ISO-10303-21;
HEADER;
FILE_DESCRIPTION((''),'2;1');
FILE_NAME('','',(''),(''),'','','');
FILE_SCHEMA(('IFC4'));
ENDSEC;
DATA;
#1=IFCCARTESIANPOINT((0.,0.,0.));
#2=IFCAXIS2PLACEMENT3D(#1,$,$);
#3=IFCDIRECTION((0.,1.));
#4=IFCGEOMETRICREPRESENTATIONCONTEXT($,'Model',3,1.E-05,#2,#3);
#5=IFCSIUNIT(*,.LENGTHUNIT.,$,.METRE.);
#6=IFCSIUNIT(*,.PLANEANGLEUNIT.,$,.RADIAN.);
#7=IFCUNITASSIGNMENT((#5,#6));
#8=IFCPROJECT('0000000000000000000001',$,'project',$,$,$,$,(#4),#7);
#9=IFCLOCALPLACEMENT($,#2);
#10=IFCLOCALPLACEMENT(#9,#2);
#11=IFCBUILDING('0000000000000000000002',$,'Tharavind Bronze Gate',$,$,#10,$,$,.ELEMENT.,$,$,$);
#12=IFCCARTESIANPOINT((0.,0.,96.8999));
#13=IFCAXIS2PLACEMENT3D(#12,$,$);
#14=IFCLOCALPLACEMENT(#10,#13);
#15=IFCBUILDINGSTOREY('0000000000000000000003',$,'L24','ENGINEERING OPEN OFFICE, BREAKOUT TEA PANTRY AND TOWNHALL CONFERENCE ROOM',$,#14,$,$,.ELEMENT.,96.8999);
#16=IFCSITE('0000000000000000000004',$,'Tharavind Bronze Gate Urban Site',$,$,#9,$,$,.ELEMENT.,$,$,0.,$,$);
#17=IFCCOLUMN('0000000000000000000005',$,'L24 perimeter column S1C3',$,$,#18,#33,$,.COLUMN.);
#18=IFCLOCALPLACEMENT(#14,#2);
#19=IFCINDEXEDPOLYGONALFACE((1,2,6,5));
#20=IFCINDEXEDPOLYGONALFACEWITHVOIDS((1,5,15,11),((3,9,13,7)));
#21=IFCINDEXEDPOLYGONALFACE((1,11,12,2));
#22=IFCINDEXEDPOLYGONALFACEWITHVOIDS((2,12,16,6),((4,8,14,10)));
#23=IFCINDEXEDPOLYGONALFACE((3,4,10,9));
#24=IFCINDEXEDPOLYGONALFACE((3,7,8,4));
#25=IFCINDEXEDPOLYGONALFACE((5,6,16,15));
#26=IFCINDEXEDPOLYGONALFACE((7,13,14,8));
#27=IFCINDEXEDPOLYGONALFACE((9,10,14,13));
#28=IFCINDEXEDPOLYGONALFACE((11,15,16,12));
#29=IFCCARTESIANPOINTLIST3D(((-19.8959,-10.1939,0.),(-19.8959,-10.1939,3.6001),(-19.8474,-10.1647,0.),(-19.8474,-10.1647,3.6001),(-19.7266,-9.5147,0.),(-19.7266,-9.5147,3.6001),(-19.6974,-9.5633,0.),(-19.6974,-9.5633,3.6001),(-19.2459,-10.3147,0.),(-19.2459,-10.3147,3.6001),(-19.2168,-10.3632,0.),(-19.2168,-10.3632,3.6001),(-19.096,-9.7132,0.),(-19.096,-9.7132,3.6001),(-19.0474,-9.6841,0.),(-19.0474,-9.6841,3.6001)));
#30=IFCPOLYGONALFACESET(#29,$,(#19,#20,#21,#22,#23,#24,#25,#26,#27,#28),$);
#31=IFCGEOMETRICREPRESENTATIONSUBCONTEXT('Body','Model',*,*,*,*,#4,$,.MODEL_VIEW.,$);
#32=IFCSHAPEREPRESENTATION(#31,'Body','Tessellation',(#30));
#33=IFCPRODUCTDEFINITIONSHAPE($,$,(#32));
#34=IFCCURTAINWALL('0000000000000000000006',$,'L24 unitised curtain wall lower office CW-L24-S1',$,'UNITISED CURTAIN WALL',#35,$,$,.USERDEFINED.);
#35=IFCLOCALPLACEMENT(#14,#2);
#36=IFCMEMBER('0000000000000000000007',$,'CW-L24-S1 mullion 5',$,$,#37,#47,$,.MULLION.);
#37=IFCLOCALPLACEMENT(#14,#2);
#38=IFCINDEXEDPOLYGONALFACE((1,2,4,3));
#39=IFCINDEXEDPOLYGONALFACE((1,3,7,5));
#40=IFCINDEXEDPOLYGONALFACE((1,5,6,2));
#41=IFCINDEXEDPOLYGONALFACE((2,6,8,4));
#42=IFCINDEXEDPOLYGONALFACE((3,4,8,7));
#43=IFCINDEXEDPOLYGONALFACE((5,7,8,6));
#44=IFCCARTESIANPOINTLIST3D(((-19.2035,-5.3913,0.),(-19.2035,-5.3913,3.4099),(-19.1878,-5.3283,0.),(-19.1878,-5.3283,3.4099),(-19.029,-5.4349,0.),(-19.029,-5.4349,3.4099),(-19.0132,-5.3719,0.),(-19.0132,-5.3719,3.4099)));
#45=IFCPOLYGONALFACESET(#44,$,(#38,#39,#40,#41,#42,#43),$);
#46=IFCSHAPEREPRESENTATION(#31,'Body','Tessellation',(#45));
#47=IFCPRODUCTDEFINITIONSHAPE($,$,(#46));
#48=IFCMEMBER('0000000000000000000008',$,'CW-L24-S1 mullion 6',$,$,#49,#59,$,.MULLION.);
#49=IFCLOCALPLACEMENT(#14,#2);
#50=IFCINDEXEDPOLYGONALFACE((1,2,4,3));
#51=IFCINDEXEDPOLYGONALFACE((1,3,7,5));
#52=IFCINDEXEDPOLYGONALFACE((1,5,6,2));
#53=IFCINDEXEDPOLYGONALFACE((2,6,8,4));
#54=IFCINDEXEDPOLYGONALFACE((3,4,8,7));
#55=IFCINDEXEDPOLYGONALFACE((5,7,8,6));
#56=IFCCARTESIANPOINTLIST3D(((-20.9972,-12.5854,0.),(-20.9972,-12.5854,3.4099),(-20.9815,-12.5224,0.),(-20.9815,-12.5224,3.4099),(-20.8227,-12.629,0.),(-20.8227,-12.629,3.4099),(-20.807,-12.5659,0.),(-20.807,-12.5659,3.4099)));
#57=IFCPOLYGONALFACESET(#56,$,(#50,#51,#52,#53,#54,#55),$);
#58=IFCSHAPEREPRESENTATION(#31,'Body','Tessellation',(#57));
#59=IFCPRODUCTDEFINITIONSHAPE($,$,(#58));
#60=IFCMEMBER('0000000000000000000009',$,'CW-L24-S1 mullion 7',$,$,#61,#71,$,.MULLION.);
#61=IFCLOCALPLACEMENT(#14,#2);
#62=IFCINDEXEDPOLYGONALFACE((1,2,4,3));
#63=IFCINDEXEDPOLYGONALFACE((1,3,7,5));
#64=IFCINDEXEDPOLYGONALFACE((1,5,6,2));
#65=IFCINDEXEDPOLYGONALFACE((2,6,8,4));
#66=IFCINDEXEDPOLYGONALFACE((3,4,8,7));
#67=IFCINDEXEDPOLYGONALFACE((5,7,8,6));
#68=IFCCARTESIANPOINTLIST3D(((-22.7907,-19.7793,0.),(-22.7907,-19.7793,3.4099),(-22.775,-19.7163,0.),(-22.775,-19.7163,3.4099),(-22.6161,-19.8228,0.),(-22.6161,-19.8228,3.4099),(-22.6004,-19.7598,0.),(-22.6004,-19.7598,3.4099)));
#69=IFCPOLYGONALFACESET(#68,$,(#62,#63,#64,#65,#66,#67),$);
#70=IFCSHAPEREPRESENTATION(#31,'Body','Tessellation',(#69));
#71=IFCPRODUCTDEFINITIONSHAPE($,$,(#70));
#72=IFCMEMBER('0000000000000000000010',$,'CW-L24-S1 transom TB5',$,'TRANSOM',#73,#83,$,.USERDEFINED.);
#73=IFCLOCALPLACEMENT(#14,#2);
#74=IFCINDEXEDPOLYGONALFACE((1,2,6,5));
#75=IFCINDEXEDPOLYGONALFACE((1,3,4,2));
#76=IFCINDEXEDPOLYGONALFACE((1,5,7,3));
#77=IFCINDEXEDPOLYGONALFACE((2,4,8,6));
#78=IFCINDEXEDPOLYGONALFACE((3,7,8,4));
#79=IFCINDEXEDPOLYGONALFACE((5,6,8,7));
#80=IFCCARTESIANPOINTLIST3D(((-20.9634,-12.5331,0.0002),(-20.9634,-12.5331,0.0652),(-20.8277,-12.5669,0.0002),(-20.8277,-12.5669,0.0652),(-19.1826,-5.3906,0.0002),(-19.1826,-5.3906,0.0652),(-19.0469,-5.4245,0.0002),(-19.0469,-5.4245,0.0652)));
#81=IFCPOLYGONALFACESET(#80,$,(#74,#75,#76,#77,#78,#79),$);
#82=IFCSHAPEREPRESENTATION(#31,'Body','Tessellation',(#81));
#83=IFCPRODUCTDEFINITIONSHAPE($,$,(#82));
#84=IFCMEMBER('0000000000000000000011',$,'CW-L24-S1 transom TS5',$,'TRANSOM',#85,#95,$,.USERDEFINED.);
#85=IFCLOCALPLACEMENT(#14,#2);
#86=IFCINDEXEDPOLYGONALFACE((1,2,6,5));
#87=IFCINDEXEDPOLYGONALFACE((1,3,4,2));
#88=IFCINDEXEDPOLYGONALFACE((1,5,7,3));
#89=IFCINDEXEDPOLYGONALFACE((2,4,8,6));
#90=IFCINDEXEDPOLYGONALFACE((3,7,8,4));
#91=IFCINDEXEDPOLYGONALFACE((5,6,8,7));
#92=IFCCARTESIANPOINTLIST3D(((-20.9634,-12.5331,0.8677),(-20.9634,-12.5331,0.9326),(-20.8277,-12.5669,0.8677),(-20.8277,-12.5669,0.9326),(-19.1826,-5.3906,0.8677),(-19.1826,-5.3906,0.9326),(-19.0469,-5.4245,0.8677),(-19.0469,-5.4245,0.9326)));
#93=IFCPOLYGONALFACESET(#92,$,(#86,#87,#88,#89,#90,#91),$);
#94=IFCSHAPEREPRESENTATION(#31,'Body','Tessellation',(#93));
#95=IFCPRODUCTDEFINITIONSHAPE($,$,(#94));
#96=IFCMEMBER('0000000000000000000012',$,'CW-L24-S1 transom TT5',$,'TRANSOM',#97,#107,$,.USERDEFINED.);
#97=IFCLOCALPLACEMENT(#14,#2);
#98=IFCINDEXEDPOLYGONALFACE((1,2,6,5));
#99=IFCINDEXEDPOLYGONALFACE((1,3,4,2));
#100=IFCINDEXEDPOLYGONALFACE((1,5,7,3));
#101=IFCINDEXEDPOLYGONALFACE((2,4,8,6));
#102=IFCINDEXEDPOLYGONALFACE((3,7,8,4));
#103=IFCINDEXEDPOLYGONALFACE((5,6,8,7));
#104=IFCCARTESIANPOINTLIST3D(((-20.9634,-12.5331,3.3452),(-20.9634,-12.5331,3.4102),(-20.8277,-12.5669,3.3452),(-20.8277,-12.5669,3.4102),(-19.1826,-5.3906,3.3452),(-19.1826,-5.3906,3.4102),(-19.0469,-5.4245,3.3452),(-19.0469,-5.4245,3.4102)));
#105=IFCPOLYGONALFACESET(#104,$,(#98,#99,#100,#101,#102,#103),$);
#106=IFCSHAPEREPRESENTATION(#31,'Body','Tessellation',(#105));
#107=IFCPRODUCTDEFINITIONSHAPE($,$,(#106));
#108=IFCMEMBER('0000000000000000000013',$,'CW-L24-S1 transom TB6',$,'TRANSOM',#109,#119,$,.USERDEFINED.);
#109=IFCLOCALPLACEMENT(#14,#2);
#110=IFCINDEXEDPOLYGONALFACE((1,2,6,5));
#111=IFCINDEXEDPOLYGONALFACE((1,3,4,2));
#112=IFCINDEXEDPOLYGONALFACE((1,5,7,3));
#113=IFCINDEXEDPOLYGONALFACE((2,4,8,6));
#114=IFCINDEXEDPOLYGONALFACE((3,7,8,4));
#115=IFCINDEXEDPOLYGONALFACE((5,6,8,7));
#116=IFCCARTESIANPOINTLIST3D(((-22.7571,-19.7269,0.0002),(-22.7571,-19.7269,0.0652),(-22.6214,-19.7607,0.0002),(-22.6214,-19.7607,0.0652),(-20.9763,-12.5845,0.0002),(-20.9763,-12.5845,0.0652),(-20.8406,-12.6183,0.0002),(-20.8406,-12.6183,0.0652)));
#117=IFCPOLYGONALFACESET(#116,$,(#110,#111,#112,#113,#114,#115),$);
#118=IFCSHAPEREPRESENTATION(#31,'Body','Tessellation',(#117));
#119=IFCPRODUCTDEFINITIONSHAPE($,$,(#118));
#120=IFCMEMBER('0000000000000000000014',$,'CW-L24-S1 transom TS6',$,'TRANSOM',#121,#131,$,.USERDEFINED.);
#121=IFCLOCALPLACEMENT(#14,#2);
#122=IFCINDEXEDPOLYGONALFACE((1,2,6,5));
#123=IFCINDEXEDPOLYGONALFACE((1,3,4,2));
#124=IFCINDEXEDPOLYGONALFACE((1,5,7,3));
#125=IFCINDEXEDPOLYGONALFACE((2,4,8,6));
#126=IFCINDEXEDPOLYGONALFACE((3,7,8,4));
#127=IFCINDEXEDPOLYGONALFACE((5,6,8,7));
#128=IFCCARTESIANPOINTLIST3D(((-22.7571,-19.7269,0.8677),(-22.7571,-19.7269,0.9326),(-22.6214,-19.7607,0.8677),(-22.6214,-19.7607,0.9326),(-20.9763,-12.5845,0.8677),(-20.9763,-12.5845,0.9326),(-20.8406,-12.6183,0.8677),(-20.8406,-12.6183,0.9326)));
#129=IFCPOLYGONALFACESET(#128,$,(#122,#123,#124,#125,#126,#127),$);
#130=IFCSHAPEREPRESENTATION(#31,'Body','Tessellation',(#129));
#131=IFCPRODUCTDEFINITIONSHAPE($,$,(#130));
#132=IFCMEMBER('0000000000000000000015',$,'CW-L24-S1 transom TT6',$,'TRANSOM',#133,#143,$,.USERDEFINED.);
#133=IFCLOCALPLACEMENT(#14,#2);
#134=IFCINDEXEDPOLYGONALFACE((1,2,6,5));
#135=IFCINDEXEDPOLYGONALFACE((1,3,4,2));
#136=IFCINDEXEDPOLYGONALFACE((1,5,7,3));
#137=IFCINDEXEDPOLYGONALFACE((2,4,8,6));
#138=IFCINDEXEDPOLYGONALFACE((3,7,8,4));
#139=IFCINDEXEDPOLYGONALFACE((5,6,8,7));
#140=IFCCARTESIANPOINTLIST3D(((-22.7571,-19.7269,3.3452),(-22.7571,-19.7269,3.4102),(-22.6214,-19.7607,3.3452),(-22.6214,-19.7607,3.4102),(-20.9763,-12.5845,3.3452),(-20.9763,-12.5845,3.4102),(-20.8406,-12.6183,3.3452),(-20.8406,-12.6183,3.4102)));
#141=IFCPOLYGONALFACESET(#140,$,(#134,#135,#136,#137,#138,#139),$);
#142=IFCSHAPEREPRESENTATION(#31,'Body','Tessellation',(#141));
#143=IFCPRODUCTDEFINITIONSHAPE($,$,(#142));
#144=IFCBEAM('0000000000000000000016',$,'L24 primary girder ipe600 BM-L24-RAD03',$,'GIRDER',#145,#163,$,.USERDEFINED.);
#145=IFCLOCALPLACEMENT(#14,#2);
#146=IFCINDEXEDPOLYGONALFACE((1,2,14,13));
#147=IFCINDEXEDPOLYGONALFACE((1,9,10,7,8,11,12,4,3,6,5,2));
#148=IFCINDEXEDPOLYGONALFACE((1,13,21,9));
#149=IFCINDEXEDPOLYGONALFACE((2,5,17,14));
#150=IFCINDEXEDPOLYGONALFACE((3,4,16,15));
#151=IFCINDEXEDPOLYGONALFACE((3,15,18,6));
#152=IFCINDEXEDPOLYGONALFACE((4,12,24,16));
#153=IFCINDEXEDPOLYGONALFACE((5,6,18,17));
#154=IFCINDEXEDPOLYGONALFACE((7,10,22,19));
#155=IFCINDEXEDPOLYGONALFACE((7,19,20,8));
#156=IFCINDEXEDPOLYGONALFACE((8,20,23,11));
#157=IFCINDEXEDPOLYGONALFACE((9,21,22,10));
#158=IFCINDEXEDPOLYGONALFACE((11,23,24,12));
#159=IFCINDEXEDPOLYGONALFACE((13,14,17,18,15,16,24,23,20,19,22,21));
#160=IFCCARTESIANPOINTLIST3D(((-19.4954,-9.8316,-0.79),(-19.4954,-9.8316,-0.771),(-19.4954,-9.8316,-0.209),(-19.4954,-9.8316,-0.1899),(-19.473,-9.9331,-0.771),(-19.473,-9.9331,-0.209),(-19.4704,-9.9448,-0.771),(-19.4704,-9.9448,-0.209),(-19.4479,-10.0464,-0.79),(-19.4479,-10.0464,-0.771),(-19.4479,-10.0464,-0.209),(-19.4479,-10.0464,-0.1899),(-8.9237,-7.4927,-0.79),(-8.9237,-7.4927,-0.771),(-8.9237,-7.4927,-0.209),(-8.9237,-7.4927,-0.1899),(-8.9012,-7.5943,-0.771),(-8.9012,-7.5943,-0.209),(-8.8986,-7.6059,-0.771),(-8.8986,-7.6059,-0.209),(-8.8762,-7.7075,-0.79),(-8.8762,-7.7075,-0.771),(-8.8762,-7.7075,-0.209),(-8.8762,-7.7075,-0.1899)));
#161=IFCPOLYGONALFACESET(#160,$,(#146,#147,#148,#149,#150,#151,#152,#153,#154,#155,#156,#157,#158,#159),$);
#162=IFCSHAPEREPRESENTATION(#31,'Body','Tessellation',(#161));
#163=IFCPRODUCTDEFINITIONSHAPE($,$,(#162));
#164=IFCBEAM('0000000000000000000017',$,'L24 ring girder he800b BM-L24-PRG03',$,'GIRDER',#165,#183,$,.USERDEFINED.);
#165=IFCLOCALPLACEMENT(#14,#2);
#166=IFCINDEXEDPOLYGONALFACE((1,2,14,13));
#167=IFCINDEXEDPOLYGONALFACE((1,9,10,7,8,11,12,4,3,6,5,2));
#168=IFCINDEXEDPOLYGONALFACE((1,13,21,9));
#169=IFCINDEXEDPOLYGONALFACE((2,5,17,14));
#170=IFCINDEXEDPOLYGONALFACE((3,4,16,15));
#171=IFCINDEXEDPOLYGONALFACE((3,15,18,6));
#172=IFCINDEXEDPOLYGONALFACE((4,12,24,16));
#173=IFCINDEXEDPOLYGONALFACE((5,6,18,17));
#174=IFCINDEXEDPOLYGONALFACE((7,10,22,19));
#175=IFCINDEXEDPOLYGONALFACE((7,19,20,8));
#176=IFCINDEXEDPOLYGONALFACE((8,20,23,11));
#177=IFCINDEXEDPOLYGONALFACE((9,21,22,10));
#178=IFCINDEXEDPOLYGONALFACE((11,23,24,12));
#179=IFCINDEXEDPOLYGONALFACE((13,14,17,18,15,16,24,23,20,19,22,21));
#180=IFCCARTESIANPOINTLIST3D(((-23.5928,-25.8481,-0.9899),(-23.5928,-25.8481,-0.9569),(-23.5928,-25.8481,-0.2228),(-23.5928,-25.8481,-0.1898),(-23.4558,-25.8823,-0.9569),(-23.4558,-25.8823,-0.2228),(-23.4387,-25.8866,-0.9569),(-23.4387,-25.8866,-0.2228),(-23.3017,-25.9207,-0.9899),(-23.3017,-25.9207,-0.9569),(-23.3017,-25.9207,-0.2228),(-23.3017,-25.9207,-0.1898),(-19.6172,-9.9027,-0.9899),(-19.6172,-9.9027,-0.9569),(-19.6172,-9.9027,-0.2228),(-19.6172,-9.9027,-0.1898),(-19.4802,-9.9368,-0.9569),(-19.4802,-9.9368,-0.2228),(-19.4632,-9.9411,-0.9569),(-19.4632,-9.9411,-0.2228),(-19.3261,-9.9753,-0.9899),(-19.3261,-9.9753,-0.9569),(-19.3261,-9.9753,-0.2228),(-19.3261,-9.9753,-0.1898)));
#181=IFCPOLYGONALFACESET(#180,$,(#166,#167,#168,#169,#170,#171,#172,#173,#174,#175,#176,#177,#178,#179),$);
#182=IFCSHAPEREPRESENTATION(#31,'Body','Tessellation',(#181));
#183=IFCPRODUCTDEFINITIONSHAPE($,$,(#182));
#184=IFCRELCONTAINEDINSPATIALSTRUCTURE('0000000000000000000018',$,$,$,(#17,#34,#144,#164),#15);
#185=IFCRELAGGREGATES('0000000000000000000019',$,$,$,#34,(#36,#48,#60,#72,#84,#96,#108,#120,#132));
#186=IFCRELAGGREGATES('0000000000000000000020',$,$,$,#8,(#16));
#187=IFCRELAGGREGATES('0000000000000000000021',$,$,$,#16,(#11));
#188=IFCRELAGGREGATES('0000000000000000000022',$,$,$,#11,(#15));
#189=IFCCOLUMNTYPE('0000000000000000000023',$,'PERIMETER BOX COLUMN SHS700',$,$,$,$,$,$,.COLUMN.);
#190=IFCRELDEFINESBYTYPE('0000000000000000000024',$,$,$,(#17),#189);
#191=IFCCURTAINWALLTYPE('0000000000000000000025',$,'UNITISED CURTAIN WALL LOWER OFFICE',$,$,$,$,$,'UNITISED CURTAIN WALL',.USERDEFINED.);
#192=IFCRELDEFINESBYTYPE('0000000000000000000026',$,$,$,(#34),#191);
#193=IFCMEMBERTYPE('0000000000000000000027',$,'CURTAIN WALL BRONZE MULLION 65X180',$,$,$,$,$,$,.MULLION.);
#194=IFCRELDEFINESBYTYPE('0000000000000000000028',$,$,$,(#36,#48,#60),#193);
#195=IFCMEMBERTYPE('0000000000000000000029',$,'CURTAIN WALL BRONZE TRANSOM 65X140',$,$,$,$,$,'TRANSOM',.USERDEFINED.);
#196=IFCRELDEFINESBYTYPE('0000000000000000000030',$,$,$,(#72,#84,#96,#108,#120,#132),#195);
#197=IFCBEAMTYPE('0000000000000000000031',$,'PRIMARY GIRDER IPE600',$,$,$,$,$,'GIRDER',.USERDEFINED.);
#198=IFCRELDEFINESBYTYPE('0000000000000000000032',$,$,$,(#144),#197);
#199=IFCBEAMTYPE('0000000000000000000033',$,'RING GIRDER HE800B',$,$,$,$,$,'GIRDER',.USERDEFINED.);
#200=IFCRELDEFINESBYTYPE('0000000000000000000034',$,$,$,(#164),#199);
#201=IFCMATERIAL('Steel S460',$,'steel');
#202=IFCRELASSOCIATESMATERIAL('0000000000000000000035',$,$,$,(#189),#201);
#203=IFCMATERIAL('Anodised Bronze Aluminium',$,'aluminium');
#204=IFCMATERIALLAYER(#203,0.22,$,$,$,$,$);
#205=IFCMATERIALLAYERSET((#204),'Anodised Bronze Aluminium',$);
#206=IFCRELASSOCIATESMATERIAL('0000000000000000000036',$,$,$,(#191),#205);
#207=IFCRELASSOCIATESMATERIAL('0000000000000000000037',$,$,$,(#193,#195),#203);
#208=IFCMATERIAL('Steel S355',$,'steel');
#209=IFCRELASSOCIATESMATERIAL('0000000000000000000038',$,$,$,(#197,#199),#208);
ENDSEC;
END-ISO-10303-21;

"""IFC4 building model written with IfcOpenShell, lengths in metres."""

from ifc_helpers import new_model, si_unit, direction, frame, origin, origin_2d, place, context, subcontext, project, spatial, rectangle, hollow_rectangle, i_section, extrude, material, layer, layer_set, material_profile, profile_set, type_object, element, aggregate, save


model = new_model("IFC4")

# Units and contexts
model_context = context("Model", 3, precision=1e-05, world=origin(), true_north=direction((0.0, 1.0)))
body_context = subcontext(model_context, "Body", "Model", "MODEL_VIEW")
ifc_project = project(units=[si_unit("LENGTHUNIT", "METRE"), si_unit("PLANEANGLEUNIT", "RADIAN")], contexts=[model_context])

# Site, building, storey
site_placement = place(None, origin())
site = spatial("IfcSite", under=ifc_project, at=site_placement, Name="Tharavind Bronze Gate Urban Site", CompositionType="ELEMENT", RefElevation=0.0)
building_placement = place(site_placement, origin())
building = spatial("IfcBuilding", under=site, at=building_placement, Name="Tharavind Bronze Gate", CompositionType="ELEMENT")
storey_placement = place(building_placement, frame((0.0, 0.0, 96.8999)))
storey = spatial("IfcBuildingStorey", under=building, at=storey_placement, Name="L24", Description="ENGINEERING OPEN OFFICE, BREAKOUT TEA PANTRY AND TOWNHALL CONFERENCE ROOM", CompositionType="ELEMENT", Elevation=96.8999)

# Column
ifc_material_1 = material(Name="Steel S460", Category="steel")
ifc_material_profile_1 = material_profile(ifc_material_1, hollow_rectangle(XDim=0.7, YDim=0.7, WallThickness=0.04, at=origin_2d()), Name="SHS700X40")
ifc_profile_set_1 = profile_set([ifc_material_profile_1], Name="Steel S460")
column_type = type_object("IfcColumnType", Name="PERIMETER BOX COLUMN SHS700", PredefinedType="COLUMN", material=ifc_profile_set_1)
column_placement = place(storey_placement, frame((-19.4717, -9.939, 0.0), z_axis=(0.0, 0.0, 1.0), x_axis=(0.241922, 0.970296, 0.0)))
element("IfcColumn", 1, at=column_placement, inside=storey, type_object=column_type, Name="L24 perimeter column S1C3", PredefinedType="COLUMN", context=body_context, shape_type="SweptSolid", body=[
    extrude(hollow_rectangle(XDim=0.7, YDim=0.7, WallThickness=0.04, at=origin_2d()), origin(), (0.0, 0.0, 1.0), 3.6001),
])

# Curtain wall, members
ifc_material_2 = material(Name="Anodised Bronze Aluminium", Category="aluminium")
ifc_layer_1 = layer(ifc_material_2, 0.22)
ifc_layer_set_1 = layer_set([ifc_layer_1], Name="Anodised Bronze Aluminium")
curtain_wall_type = type_object("IfcCurtainWallType", Name="UNITISED CURTAIN WALL LOWER OFFICE", ElementType="UNITISED CURTAIN WALL", PredefinedType="USERDEFINED", material=ifc_layer_set_1)
curtain_wall_placement = place(storey_placement, origin())
curtain_wall = element("IfcCurtainWall", 2, at=curtain_wall_placement, inside=storey, type_object=curtain_wall_type, Name="L24 unitised curtain wall lower office CW-L24-S1", ObjectType="UNITISED CURTAIN WALL", PredefinedType="USERDEFINED")
member_type_1 = type_object("IfcMemberType", Name="CURTAIN WALL BRONZE MULLION 65X180", PredefinedType="MULLION", material=ifc_material_2)
member_1_placement = place(storey_placement, frame((-19.1084, -5.3816, 0.0), z_axis=(0.0, 0.0, 1.0), x_axis=(-0.241922, -0.970296, 0.0)))
member_1 = element("IfcMember", 3, at=member_1_placement, type_object=member_type_1, Name="CW-L24-S1 mullion 5", PredefinedType="MULLION", context=body_context, shape_type="SweptSolid", body=[
    extrude(rectangle(XDim=0.0649, YDim=0.1799, at=origin_2d()), origin(), (0.0, 0.0, 1.0), 3.4099),
])
member_2_placement = place(storey_placement, frame((-20.9021, -12.5757, 0.0), z_axis=(0.0, 0.0, 1.0), x_axis=(-0.241922, -0.970296, 0.0)))
member_2 = element("IfcMember", 4, at=member_2_placement, type_object=member_type_1, Name="CW-L24-S1 mullion 6", PredefinedType="MULLION", context=body_context, shape_type="SweptSolid", body=[
    extrude(rectangle(XDim=0.0649, YDim=0.1799, at=origin_2d()), origin(), (0.0, 0.0, 1.0), 3.4099),
])
member_3_placement = place(storey_placement, frame((-22.6956, -19.7695, 0.0), z_axis=(0.0, 0.0, 1.0), x_axis=(-0.241922, -0.970296, 0.0)))
member_3 = element("IfcMember", 5, at=member_3_placement, type_object=member_type_1, Name="CW-L24-S1 mullion 7", PredefinedType="MULLION", context=body_context, shape_type="SweptSolid", body=[
    extrude(rectangle(XDim=0.0649, YDim=0.1799, at=origin_2d()), origin(), (0.0, 0.0, 1.0), 3.4099),
])
member_type_2 = type_object("IfcMemberType", Name="CURTAIN WALL BRONZE TRANSOM 65X140", ElementType="TRANSOM", PredefinedType="USERDEFINED", material=ifc_material_2)
member_4_placement = place(storey_placement, frame((-20.0051, -8.9788, 0.0002), z_axis=(0.0, 0.0, 1.0), x_axis=(-0.241922, -0.970296, 0.0)))
member_4 = element("IfcMember", 6, at=member_4_placement, type_object=member_type_2, Name="CW-L24-S1 transom TB5", ObjectType="TRANSOM", PredefinedType="USERDEFINED", context=body_context, shape_type="SweptSolid", body=[
    extrude(rectangle(XDim=7.3611, YDim=0.1399, at=origin_2d()), origin(), (0.0, 0.0, 1.0), 0.0649),
])
member_5_placement = place(storey_placement, frame((-20.0051, -8.9788, 0.8677), z_axis=(0.0, 0.0, 1.0), x_axis=(-0.241922, -0.970296, 0.0)))
member_5 = element("IfcMember", 7, at=member_5_placement, type_object=member_type_2, Name="CW-L24-S1 transom TS5", ObjectType="TRANSOM", PredefinedType="USERDEFINED", context=body_context, shape_type="SweptSolid", body=[
    extrude(rectangle(XDim=7.3611, YDim=0.1399, at=origin_2d()), origin(), (0.0, 0.0, 1.0), 0.0649),
])
member_6_placement = place(storey_placement, frame((-20.0051, -8.9788, 3.3452), z_axis=(0.0, 0.0, 1.0), x_axis=(-0.241922, -0.970296, 0.0)))
member_6 = element("IfcMember", 8, at=member_6_placement, type_object=member_type_2, Name="CW-L24-S1 transom TT5", ObjectType="TRANSOM", PredefinedType="USERDEFINED", context=body_context, shape_type="SweptSolid", body=[
    extrude(rectangle(XDim=7.3611, YDim=0.1399, at=origin_2d()), origin(), (0.0, 0.0, 1.0), 0.0649),
])
member_7_placement = place(storey_placement, frame((-21.7988, -16.1726, 0.0002), z_axis=(0.0, 0.0, 1.0), x_axis=(-0.241922, -0.970296, 0.0)))
member_7 = element("IfcMember", 9, at=member_7_placement, type_object=member_type_2, Name="CW-L24-S1 transom TB6", ObjectType="TRANSOM", PredefinedType="USERDEFINED", context=body_context, shape_type="SweptSolid", body=[
    extrude(rectangle(XDim=7.3611, YDim=0.1399, at=origin_2d()), origin(), (0.0, 0.0, 1.0), 0.0649),
])
member_8_placement = place(storey_placement, frame((-21.7988, -16.1726, 0.8677), z_axis=(0.0, 0.0, 1.0), x_axis=(-0.241922, -0.970296, 0.0)))
member_8 = element("IfcMember", 10, at=member_8_placement, type_object=member_type_2, Name="CW-L24-S1 transom TS6", ObjectType="TRANSOM", PredefinedType="USERDEFINED", context=body_context, shape_type="SweptSolid", body=[
    extrude(rectangle(XDim=7.3611, YDim=0.1399, at=origin_2d()), origin(), (0.0, 0.0, 1.0), 0.0649),
])
member_9_placement = place(storey_placement, frame((-21.7988, -16.1726, 3.3452), z_axis=(0.0, 0.0, 1.0), x_axis=(-0.241922, -0.970296, 0.0)))
member_9 = element("IfcMember", 11, at=member_9_placement, type_object=member_type_2, Name="CW-L24-S1 transom TT6", ObjectType="TRANSOM", PredefinedType="USERDEFINED", context=body_context, shape_type="SweptSolid", body=[
    extrude(rectangle(XDim=7.3611, YDim=0.1399, at=origin_2d()), origin(), (0.0, 0.0, 1.0), 0.0649),
])

# Beams
ifc_material_3 = material(Name="Steel S355", Category="steel")
ifc_material_profile_2 = material_profile(ifc_material_3, i_section(OverallWidth=0.22, OverallDepth=0.6001, WebThickness=0.012, FlangeThickness=0.019, at=origin_2d()), Name="IPE600")
ifc_profile_set_2 = profile_set([ifc_material_profile_2], Name="Steel S355")
beam_type_1 = type_object("IfcBeamType", Name="PRIMARY GIRDER IPE600", ElementType="GIRDER", PredefinedType="USERDEFINED", material=ifc_profile_set_2)
beam_1_placement = place(storey_placement, frame((-19.4717, -9.939, -0.49), z_axis=(0.97639, 0.216014, 0.0), x_axis=(-0.216014, 0.97639, 0.0)))
element("IfcBeam", 12, at=beam_1_placement, inside=storey, type_object=beam_type_1, Name="L24 primary girder ipe600 BM-L24-RAD03", ObjectType="GIRDER", PredefinedType="USERDEFINED", context=body_context, shape_type="SweptSolid", body=[
    extrude(i_section(OverallWidth=0.22, OverallDepth=0.6001, WebThickness=0.012, FlangeThickness=0.019, at=origin_2d()), origin(), (0.0, 0.0, 1.0), 10.8274),
])
ifc_material_profile_3 = material_profile(ifc_material_3, i_section(OverallWidth=0.3, OverallDepth=0.8, WebThickness=0.0176, FlangeThickness=0.033, at=origin_2d()), Name="HE800B")
ifc_profile_set_3 = profile_set([ifc_material_profile_3], Name="Steel S355")
beam_type_2 = type_object("IfcBeamType", Name="RING GIRDER HE800B", ElementType="GIRDER", PredefinedType="USERDEFINED", material=ifc_profile_set_3)
beam_2_placement = place(storey_placement, frame((-19.4717, -9.939, -0.5898), z_axis=(-0.241917, -0.970297, 0.0), x_axis=(0.970297, -0.241917, 0.0)))
element("IfcBeam", 13, at=beam_2_placement, inside=storey, type_object=beam_type_2, Name="L24 ring girder he800b BM-L24-PRG03", ObjectType="GIRDER", PredefinedType="USERDEFINED", context=body_context, shape_type="SweptSolid", body=[
    extrude(i_section(OverallWidth=0.3, OverallDepth=0.8, WebThickness=0.0176, FlangeThickness=0.033, at=origin_2d()), origin(), (0.0, 0.0, 1.0), 16.4336),
])

aggregate(curtain_wall, [member_1, member_2, member_3, member_4, member_5, member_6, member_7, member_8, member_9])

save(model, "model.ifc")
